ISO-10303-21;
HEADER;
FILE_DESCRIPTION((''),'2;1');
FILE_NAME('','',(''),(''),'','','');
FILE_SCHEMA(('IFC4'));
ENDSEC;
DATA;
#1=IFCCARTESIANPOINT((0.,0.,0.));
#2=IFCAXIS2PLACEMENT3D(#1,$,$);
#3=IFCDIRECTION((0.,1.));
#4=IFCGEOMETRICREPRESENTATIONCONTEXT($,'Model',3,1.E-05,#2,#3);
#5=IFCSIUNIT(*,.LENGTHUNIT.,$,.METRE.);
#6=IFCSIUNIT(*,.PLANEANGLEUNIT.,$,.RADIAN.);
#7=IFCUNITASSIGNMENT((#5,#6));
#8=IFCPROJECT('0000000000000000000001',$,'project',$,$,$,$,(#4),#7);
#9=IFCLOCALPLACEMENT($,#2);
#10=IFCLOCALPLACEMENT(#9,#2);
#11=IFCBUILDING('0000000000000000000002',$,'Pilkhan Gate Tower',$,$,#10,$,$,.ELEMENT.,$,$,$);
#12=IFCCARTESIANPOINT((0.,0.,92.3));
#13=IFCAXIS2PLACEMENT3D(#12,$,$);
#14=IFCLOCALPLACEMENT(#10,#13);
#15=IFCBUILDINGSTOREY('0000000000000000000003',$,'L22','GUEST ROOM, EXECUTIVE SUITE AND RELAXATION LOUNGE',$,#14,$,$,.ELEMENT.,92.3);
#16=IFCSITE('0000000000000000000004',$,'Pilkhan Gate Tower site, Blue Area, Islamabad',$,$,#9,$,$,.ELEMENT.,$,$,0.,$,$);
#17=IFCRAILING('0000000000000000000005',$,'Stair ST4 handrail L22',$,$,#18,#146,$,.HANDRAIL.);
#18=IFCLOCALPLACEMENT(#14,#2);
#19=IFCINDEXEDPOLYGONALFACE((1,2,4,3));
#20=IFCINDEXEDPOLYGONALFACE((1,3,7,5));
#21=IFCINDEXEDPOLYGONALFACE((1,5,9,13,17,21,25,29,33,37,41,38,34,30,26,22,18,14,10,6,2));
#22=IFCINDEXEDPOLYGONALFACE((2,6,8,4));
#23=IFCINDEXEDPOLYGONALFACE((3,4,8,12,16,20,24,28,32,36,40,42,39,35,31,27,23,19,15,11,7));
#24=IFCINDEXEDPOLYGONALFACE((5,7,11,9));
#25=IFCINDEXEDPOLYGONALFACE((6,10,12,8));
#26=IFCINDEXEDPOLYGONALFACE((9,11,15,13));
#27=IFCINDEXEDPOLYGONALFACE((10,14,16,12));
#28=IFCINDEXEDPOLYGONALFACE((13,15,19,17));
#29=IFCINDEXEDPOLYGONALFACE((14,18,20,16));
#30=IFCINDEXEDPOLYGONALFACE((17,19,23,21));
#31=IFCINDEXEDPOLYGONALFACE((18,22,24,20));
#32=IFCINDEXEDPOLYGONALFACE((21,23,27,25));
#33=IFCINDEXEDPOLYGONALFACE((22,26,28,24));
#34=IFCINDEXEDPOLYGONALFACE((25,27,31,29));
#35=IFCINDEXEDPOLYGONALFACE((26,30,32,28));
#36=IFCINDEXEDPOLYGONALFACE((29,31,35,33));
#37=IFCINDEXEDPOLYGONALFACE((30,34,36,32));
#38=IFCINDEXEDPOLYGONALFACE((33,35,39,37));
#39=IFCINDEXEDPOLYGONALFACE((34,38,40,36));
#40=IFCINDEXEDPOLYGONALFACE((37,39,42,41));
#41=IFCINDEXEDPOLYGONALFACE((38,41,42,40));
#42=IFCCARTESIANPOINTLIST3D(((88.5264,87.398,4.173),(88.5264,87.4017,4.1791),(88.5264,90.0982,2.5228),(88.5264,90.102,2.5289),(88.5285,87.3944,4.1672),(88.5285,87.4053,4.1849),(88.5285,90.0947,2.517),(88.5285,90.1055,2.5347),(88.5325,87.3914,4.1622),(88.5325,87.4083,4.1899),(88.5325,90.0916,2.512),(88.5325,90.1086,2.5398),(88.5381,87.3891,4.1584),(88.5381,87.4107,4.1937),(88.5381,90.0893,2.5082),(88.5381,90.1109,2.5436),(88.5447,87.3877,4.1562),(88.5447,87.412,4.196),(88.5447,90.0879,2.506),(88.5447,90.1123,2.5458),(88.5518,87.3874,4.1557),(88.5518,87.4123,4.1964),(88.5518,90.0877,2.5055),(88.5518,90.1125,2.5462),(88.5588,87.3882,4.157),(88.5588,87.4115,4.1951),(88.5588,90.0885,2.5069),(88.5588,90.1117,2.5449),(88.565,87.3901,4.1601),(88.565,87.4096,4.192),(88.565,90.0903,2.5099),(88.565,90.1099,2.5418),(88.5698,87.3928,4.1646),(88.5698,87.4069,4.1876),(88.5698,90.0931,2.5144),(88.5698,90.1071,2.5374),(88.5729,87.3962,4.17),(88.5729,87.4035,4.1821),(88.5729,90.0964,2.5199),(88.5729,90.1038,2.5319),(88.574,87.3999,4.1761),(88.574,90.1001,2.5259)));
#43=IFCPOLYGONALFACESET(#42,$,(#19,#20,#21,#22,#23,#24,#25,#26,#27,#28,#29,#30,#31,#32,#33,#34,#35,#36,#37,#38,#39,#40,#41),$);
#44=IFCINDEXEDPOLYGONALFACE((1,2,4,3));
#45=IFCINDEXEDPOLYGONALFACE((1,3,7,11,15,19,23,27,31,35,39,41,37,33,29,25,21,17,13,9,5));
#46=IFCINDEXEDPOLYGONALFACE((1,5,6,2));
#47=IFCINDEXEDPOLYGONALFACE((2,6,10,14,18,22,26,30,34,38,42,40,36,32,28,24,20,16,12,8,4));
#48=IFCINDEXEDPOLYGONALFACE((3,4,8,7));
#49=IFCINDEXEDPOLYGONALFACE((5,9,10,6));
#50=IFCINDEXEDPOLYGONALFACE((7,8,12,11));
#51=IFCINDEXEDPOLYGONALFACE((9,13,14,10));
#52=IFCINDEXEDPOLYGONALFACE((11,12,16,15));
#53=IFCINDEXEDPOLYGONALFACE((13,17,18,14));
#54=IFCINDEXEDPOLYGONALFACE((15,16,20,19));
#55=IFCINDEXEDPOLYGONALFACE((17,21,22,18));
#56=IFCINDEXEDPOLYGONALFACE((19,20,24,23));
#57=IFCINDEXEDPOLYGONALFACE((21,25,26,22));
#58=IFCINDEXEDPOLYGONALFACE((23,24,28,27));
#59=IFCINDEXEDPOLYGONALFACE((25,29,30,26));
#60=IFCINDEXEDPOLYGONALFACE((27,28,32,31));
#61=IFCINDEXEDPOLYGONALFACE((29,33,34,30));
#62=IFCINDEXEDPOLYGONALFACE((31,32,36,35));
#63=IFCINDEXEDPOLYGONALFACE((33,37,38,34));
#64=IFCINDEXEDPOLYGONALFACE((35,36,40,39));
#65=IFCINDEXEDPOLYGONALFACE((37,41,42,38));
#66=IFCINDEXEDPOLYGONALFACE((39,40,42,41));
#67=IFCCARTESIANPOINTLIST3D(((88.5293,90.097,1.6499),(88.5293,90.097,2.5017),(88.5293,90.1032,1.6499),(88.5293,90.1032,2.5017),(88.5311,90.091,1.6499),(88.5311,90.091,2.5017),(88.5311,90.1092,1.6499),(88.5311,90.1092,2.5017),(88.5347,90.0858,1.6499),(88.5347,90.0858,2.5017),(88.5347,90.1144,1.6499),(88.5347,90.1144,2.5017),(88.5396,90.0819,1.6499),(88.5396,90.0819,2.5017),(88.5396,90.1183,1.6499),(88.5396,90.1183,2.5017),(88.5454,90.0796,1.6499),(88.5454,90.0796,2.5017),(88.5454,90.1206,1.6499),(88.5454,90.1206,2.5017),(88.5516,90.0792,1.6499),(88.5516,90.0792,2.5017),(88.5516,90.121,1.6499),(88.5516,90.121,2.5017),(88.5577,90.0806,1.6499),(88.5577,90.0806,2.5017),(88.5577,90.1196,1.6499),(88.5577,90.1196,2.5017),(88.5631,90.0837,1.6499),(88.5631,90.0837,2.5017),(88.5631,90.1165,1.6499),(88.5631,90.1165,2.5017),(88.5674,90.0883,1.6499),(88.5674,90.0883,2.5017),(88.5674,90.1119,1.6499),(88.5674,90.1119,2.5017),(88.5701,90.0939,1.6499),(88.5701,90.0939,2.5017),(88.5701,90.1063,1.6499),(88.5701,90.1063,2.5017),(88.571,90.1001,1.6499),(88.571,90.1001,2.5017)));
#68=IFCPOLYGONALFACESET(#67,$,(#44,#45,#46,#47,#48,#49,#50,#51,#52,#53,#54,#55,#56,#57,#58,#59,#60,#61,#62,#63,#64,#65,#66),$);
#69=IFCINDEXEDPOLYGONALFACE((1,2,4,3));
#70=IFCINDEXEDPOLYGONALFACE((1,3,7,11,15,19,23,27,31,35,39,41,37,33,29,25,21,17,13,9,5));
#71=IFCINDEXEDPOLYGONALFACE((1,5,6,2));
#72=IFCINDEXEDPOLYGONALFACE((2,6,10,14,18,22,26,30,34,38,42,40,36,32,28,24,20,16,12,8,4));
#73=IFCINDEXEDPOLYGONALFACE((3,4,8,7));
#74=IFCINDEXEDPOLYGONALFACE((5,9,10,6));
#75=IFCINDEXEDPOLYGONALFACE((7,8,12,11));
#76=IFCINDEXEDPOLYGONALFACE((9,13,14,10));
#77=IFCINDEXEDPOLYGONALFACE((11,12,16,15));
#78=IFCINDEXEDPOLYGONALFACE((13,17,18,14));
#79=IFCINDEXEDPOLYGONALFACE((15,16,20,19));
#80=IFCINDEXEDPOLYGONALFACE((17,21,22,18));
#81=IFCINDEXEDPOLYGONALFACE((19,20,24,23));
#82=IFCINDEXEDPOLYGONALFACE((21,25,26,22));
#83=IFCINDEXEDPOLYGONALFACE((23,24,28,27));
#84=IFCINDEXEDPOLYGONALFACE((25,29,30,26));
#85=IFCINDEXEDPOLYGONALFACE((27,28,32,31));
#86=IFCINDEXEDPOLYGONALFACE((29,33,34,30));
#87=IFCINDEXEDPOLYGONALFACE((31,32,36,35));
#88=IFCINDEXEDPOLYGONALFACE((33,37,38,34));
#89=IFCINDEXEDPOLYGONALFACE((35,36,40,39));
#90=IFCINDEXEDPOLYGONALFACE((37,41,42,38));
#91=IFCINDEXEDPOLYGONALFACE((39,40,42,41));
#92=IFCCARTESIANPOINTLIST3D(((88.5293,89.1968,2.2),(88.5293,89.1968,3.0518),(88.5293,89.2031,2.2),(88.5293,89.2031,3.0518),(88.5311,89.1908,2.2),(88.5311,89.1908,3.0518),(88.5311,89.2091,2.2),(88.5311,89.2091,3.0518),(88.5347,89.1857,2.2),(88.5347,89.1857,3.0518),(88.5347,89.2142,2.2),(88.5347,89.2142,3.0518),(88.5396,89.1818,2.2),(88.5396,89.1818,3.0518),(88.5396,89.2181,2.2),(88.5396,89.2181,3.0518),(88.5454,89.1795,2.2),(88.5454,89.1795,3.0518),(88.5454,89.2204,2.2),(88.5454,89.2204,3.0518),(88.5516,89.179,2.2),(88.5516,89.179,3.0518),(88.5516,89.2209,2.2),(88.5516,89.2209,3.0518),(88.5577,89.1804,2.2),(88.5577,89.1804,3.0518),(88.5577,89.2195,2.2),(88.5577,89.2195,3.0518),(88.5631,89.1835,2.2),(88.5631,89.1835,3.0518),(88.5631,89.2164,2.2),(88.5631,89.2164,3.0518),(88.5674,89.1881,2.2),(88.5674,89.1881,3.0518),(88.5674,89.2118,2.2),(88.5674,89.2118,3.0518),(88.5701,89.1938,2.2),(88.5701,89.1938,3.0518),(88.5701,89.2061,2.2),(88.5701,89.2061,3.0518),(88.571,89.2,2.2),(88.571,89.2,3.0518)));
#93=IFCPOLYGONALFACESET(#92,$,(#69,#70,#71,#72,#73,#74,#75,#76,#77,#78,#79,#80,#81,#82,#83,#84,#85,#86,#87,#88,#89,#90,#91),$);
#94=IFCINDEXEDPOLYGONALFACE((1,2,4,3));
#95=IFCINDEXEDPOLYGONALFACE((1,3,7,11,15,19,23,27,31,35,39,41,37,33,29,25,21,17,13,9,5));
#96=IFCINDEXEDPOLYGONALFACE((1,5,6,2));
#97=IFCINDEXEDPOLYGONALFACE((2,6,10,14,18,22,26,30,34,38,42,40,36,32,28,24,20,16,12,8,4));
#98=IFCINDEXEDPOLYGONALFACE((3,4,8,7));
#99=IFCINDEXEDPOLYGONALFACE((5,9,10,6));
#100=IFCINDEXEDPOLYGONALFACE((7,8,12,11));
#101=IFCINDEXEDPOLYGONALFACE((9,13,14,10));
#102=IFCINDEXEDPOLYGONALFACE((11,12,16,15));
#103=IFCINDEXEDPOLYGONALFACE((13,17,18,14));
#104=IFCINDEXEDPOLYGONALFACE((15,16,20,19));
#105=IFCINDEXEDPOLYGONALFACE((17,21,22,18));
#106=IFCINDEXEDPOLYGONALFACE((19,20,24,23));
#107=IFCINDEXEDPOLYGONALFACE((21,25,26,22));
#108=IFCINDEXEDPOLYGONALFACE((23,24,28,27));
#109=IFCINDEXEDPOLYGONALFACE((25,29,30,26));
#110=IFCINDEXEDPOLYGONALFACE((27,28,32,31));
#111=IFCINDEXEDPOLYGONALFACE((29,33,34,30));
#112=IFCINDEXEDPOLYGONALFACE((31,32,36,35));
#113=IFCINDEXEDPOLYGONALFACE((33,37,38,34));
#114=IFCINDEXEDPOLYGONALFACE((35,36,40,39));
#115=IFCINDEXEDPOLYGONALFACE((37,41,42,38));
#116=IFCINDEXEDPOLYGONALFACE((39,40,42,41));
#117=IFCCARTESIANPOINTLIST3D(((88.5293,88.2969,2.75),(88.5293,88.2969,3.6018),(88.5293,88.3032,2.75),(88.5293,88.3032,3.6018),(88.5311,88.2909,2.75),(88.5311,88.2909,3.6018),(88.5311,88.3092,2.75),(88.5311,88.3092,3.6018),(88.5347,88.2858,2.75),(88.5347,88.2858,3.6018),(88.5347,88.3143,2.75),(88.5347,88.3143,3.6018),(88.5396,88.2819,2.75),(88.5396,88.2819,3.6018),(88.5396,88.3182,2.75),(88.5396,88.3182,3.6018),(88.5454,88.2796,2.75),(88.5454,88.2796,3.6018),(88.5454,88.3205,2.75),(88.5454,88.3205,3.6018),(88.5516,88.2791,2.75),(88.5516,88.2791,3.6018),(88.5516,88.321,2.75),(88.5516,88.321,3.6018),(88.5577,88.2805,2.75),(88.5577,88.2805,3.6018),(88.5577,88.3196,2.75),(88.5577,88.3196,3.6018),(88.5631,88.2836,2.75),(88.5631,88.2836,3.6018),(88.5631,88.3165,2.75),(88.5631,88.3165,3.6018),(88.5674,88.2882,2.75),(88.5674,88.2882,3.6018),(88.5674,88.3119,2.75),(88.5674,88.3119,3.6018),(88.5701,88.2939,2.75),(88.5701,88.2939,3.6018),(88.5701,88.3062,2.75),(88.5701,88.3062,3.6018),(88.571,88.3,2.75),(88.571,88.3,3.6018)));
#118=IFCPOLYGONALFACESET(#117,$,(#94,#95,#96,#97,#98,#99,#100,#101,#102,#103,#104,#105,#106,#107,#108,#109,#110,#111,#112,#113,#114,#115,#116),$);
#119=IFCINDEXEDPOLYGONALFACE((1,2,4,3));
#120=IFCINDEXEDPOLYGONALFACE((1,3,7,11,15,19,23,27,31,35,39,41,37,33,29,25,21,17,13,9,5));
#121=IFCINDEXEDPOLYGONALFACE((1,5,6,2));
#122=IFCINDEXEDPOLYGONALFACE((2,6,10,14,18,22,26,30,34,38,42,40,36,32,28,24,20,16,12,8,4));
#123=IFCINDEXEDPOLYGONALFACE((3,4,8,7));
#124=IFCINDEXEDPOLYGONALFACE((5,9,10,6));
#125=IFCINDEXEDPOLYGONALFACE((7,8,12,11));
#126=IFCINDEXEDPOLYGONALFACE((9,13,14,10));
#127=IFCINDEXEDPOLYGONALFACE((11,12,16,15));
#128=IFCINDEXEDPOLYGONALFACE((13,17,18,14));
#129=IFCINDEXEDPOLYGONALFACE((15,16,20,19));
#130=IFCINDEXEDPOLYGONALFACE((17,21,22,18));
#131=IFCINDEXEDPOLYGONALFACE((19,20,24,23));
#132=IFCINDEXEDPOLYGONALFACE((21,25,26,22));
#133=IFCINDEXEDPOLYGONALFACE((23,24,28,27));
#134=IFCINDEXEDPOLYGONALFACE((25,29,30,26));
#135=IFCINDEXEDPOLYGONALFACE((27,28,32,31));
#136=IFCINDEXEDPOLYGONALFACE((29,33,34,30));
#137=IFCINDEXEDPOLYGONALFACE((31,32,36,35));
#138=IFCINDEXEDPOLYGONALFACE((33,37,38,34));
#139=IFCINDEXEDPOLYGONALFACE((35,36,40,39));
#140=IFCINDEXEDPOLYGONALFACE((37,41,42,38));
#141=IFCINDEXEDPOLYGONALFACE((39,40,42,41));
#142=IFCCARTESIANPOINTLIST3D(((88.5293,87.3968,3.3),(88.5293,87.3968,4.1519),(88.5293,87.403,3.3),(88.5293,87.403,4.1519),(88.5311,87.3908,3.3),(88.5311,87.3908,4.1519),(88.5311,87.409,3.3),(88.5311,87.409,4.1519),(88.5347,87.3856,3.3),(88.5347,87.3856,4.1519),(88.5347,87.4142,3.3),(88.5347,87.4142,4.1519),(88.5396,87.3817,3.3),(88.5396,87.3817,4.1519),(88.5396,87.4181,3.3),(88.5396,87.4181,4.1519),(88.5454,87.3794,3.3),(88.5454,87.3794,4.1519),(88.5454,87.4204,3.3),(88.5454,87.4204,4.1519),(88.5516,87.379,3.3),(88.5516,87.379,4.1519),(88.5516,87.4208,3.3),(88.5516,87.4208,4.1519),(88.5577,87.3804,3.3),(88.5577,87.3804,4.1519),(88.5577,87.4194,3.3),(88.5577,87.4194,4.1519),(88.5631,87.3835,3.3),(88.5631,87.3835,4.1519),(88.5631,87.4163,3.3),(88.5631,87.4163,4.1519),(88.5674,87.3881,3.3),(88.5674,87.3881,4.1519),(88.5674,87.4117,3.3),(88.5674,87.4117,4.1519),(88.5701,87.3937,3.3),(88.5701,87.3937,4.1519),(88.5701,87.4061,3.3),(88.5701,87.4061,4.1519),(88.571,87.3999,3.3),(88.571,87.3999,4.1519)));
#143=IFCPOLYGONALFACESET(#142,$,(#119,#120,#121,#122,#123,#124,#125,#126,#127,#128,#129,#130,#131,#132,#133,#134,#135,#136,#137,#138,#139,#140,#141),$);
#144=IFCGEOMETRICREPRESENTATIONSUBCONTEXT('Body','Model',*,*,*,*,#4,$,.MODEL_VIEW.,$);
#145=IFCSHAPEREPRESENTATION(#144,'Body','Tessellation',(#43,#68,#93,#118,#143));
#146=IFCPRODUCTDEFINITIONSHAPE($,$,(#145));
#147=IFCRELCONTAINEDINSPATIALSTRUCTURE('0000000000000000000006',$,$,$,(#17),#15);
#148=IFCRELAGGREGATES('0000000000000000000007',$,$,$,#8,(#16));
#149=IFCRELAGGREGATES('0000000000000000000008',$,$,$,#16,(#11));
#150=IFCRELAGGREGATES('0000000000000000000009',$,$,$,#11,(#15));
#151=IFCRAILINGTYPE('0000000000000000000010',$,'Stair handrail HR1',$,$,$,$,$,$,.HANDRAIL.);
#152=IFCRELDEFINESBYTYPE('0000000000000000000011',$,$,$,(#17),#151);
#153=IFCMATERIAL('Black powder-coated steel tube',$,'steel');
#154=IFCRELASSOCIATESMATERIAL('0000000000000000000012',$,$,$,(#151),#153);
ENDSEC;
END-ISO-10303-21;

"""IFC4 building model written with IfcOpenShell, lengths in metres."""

from ifc_helpers import new_model, si_unit, direction, frame, origin, origin_2d, place, context, subcontext, project, spatial, circle, extrude, material, type_object, element, save


model = new_model("IFC4")

# Units and contexts
model_context = context("Model", 3, precision=1e-05, world=origin(), true_north=direction((0.0, 1.0)))
body_context = subcontext(model_context, "Body", "Model", "MODEL_VIEW")
ifc_project = project(units=[si_unit("LENGTHUNIT", "METRE"), si_unit("PLANEANGLEUNIT", "RADIAN")], contexts=[model_context])

# Site, building, storey
site_placement = place(None, origin())
site = spatial("IfcSite", under=ifc_project, at=site_placement, Name="Pilkhan Gate Tower site, Blue Area, Islamabad", CompositionType="ELEMENT", RefElevation=0.0)
building_placement = place(site_placement, origin())
building = spatial("IfcBuilding", under=site, at=building_placement, Name="Pilkhan Gate Tower", CompositionType="ELEMENT")
storey_placement = place(building_placement, frame((0.0, 0.0, 92.3)))
storey = spatial("IfcBuildingStorey", under=building, at=storey_placement, Name="L22", Description="GUEST ROOM, EXECUTIVE SUITE AND RELAXATION LOUNGE", CompositionType="ELEMENT", Elevation=92.3)

# Railing
ifc_material_1 = material(Name="Black powder-coated steel tube", Category="steel")
railing_type_1 = type_object("IfcRailingType", Name="Stair handrail HR1", PredefinedType="HANDRAIL", material=ifc_material_1)
railing_1_placement = place(storey_placement, frame((88.55, 90.1001, 1.6499)))
element("IfcRailing", 1, at=railing_1_placement, inside=storey, type_object=railing_type_1, Name="Stair ST4 handrail L22", PredefinedType="HANDRAIL", context=body_context, shape_type="SweptSolid", body=[
    extrude(circle(Radius=0.0239, at=origin_2d()), frame((0.0, 0.0, 0.876), z_axis=(0.0, -0.853278, 0.521456), x_axis=(1.0, 0.0, 0.0)), (0.0, 0.0, 1.0), 3.1646),
    extrude(circle(Radius=0.021, at=origin_2d()), origin(), (0.0, 0.0, 1.0), 0.8518),
    extrude(circle(Radius=0.021, at=origin_2d()), frame((0.0, -0.9001, 0.55)), (0.0, 0.0, 1.0), 0.8518),
    extrude(circle(Radius=0.021, at=origin_2d()), frame((0.0, -1.8, 1.1001)), (0.0, 0.0, 1.0), 0.8518),
    extrude(circle(Radius=0.021, at=origin_2d()), frame((0.0, -2.7002, 1.6501)), (0.0, 0.0, 1.0), 0.8518),
])

save(model, "model.ifc")
